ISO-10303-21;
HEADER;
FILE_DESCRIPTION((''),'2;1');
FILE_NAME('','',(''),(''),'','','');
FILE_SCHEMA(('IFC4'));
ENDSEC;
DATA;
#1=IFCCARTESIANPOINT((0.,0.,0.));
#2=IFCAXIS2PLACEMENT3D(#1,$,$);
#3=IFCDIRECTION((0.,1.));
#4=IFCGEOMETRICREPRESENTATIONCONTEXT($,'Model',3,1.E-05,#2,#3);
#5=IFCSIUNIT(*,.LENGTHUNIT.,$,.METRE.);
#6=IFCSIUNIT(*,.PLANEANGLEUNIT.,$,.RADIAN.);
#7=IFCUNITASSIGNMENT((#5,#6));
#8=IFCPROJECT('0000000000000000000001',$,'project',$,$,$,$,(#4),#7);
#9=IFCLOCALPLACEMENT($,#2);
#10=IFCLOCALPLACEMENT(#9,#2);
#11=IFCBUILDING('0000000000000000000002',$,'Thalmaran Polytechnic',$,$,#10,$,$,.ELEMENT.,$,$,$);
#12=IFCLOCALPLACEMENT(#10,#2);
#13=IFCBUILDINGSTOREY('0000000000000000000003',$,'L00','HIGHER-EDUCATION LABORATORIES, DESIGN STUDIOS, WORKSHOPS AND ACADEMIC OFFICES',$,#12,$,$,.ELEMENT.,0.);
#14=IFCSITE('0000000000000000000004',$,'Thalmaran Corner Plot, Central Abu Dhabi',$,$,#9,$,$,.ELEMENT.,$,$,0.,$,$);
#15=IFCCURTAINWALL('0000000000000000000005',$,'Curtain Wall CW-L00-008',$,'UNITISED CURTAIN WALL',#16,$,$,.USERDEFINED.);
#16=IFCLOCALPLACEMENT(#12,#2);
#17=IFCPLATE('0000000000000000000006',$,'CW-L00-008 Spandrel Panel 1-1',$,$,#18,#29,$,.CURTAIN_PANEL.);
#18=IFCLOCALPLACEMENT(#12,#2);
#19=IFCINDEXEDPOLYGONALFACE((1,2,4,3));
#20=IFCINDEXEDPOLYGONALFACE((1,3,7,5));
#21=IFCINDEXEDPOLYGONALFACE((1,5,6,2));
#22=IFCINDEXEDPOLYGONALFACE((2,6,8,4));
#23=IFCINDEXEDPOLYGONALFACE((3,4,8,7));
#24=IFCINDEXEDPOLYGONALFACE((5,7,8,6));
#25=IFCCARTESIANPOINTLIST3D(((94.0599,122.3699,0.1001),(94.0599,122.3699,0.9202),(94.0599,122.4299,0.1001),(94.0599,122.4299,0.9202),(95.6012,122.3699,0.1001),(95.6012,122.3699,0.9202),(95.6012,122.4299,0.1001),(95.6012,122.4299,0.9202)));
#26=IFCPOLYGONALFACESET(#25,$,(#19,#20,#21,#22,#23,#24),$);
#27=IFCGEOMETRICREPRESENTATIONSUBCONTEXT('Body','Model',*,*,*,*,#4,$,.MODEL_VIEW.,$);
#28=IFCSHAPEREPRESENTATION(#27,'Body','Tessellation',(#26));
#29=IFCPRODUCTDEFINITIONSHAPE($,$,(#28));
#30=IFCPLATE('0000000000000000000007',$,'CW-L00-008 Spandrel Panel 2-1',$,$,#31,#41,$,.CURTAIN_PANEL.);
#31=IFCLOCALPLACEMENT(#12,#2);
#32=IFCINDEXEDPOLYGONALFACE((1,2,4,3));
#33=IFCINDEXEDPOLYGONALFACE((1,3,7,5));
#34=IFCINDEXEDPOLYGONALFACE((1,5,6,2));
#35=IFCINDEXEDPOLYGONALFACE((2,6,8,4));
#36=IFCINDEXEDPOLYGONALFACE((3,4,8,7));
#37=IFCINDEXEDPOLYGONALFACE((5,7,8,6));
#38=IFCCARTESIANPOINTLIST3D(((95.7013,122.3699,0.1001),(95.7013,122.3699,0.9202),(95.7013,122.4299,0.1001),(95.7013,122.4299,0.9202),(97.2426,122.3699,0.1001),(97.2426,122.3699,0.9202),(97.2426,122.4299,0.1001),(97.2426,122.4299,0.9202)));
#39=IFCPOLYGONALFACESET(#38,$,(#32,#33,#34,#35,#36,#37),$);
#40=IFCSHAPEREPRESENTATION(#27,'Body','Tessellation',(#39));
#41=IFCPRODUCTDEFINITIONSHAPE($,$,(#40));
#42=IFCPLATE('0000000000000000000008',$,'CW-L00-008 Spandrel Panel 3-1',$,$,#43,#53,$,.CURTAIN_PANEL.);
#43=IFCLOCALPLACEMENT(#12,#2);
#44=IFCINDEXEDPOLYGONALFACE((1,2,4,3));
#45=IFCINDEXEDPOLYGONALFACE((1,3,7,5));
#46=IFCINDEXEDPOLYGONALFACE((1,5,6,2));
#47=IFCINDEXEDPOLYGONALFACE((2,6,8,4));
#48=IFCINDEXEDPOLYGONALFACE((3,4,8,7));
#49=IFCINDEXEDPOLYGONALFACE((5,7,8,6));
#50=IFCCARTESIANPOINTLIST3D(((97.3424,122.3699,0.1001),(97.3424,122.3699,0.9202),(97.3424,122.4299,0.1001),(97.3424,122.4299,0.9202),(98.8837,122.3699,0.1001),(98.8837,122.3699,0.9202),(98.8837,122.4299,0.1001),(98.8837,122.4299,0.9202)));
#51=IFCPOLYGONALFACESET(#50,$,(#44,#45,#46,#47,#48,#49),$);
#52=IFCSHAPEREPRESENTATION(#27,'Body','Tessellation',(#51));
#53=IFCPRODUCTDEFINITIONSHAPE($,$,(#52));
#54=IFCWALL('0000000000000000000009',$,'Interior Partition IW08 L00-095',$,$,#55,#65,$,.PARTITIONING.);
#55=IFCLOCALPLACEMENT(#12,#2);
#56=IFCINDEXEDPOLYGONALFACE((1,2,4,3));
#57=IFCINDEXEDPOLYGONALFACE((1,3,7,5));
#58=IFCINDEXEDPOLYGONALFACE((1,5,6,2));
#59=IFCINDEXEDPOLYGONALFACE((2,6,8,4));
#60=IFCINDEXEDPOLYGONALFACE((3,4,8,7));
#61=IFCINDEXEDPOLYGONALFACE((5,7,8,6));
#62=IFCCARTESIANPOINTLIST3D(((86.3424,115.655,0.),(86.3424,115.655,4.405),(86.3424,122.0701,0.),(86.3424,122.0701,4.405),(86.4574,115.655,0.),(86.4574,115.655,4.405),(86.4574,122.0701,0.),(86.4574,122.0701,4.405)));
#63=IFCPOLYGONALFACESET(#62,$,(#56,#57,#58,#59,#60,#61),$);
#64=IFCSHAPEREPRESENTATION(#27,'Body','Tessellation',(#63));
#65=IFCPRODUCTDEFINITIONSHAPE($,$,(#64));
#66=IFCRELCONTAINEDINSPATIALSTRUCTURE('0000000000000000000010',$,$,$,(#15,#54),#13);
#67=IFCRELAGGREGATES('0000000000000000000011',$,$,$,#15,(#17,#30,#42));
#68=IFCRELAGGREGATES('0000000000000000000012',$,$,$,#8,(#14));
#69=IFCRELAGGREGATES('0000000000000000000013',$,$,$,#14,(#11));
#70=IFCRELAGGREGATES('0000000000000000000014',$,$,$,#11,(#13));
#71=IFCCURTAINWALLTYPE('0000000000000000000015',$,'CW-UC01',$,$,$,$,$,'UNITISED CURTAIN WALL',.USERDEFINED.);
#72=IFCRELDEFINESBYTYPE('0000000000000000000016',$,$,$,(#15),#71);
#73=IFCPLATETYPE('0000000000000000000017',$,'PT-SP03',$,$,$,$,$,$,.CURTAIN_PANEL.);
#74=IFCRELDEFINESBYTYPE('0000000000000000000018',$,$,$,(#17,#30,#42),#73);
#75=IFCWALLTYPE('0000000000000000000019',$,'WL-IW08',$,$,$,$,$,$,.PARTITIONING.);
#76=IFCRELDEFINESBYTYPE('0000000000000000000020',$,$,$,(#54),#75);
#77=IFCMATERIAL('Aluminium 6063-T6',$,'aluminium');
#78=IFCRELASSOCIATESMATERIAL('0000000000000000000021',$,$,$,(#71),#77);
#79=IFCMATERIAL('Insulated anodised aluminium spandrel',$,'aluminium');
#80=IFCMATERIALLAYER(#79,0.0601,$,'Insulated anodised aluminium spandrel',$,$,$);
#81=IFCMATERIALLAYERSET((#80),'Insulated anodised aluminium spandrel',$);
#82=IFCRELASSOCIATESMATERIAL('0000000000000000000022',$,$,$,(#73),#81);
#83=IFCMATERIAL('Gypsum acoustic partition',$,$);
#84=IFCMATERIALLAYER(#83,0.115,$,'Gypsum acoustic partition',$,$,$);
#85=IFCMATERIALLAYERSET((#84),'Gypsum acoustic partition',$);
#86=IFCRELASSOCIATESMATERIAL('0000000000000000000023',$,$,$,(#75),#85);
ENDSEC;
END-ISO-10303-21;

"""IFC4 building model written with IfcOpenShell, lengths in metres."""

from ifc_helpers import new_model, si_unit, direction, frame, frame_2d, origin, origin_2d, place, context, subcontext, project, spatial, rectangle, extrude, material, layer, layer_set, type_object, element, aggregate, save


model = new_model("IFC4")

# Units and contexts
model_context = context("Model", 3, precision=1e-05, world=origin(), true_north=direction((0.0, 1.0)))
body_context = subcontext(model_context, "Body", "Model", "MODEL_VIEW")
ifc_project = project(units=[si_unit("LENGTHUNIT", "METRE"), si_unit("PLANEANGLEUNIT", "RADIAN")], contexts=[model_context])

# Site, building, storey
site_placement = place(None, origin())
site = spatial("IfcSite", under=ifc_project, at=site_placement, Name="Thalmaran Corner Plot, Central Abu Dhabi", CompositionType="ELEMENT", RefElevation=0.0)
building_placement = place(site_placement, origin())
building = spatial("IfcBuilding", under=site, at=building_placement, Name="Thalmaran Polytechnic", CompositionType="ELEMENT")
storey_placement = place(building_placement, origin())
storey = spatial("IfcBuildingStorey", under=building, at=storey_placement, Name="L00", Description="HIGHER-EDUCATION LABORATORIES, DESIGN STUDIOS, WORKSHOPS AND ACADEMIC OFFICES", CompositionType="ELEMENT", Elevation=0.0)

# Shared definitions
ifc_material_1 = material(Name="Aluminium 6063-T6", Category="aluminium")
curtain_wall_type = type_object("IfcCurtainWallType", Name="CW-UC01", ElementType="UNITISED CURTAIN WALL", PredefinedType="USERDEFINED", material=ifc_material_1)

# Curtain wall
curtain_wall_1_placement = place(storey_placement, origin())
curtain_wall_1 = element("IfcCurtainWall", 1, at=curtain_wall_1_placement, inside=storey, type_object=curtain_wall_type, Name="Curtain Wall CW-L00-008", ObjectType="UNITISED CURTAIN WALL", PredefinedType="USERDEFINED")

# Plates
ifc_material_2 = material(Name="Insulated anodised aluminium spandrel", Category="aluminium")
ifc_layer_1 = layer(ifc_material_2, 0.0601, Name="Insulated anodised aluminium spandrel")
ifc_layer_set_1 = layer_set([ifc_layer_1], Name="Insulated anodised aluminium spandrel")
plate_type_1 = type_object("IfcPlateType", Name="PT-SP03", PredefinedType="CURTAIN_PANEL", material=ifc_layer_set_1)
plate_1_placement = place(storey_placement, frame((94.8306, 122.3999, 0.1001), z_axis=(0.0, 0.0, 1.0), x_axis=(1.0, 0.0, 0.0)))
plate_1 = element("IfcPlate", 2, at=plate_1_placement, type_object=plate_type_1, Name="CW-L00-008 Spandrel Panel 1-1", PredefinedType="CURTAIN_PANEL", context=body_context, shape_type="SweptSolid", body=[
    extrude(rectangle(XDim=1.5413, YDim=0.0601, at=origin_2d()), origin(), (0.0, 0.0, 1.0), 0.8201),
])
plate_2_placement = place(storey_placement, frame((96.4719, 122.3999, 0.1001), z_axis=(0.0, 0.0, 1.0), x_axis=(1.0, 0.0, 0.0)))
plate_2 = element("IfcPlate", 3, at=plate_2_placement, type_object=plate_type_1, Name="CW-L00-008 Spandrel Panel 2-1", PredefinedType="CURTAIN_PANEL", context=body_context, shape_type="SweptSolid", body=[
    extrude(rectangle(XDim=1.5413, YDim=0.0601, at=origin_2d()), origin(), (0.0, 0.0, 1.0), 0.8201),
])
plate_3_placement = place(storey_placement, frame((98.113, 122.3999, 0.1001), z_axis=(0.0, 0.0, 1.0), x_axis=(1.0, 0.0, 0.0)))
plate_3 = element("IfcPlate", 4, at=plate_3_placement, type_object=plate_type_1, Name="CW-L00-008 Spandrel Panel 3-1", PredefinedType="CURTAIN_PANEL", context=body_context, shape_type="SweptSolid", body=[
    extrude(rectangle(XDim=1.5413, YDim=0.0601, at=origin_2d()), origin(), (0.0, 0.0, 1.0), 0.8201),
])
aggregate(curtain_wall_1, [plate_1, plate_2, plate_3])

# Wall
ifc_material_3 = material(Name="Gypsum acoustic partition")
ifc_layer_2 = layer(ifc_material_3, 0.115, Name="Gypsum acoustic partition")
ifc_layer_set_2 = layer_set([ifc_layer_2], Name="Gypsum acoustic partition")
wall_type_1 = type_object("IfcWallType", Name="WL-IW08", PredefinedType="PARTITIONING", material=ifc_layer_set_2)
wall_1_placement = place(storey_placement, frame((86.3999, 115.655, 0.0), z_axis=(0.0, 0.0, 1.0), x_axis=(0.0, 1.0, 0.0)))
element("IfcWall", 5, at=wall_1_placement, inside=storey, type_object=wall_type_1, Name="Interior Partition IW08 L00-095", PredefinedType="PARTITIONING", context=body_context, shape_type="SweptSolid", body=[
    extrude(rectangle(XDim=6.415, YDim=0.115, at=frame_2d((3.2075, 0.0))), origin(), (0.0, 0.0, 1.0), 4.405),
])

save(model, "model.ifc")
